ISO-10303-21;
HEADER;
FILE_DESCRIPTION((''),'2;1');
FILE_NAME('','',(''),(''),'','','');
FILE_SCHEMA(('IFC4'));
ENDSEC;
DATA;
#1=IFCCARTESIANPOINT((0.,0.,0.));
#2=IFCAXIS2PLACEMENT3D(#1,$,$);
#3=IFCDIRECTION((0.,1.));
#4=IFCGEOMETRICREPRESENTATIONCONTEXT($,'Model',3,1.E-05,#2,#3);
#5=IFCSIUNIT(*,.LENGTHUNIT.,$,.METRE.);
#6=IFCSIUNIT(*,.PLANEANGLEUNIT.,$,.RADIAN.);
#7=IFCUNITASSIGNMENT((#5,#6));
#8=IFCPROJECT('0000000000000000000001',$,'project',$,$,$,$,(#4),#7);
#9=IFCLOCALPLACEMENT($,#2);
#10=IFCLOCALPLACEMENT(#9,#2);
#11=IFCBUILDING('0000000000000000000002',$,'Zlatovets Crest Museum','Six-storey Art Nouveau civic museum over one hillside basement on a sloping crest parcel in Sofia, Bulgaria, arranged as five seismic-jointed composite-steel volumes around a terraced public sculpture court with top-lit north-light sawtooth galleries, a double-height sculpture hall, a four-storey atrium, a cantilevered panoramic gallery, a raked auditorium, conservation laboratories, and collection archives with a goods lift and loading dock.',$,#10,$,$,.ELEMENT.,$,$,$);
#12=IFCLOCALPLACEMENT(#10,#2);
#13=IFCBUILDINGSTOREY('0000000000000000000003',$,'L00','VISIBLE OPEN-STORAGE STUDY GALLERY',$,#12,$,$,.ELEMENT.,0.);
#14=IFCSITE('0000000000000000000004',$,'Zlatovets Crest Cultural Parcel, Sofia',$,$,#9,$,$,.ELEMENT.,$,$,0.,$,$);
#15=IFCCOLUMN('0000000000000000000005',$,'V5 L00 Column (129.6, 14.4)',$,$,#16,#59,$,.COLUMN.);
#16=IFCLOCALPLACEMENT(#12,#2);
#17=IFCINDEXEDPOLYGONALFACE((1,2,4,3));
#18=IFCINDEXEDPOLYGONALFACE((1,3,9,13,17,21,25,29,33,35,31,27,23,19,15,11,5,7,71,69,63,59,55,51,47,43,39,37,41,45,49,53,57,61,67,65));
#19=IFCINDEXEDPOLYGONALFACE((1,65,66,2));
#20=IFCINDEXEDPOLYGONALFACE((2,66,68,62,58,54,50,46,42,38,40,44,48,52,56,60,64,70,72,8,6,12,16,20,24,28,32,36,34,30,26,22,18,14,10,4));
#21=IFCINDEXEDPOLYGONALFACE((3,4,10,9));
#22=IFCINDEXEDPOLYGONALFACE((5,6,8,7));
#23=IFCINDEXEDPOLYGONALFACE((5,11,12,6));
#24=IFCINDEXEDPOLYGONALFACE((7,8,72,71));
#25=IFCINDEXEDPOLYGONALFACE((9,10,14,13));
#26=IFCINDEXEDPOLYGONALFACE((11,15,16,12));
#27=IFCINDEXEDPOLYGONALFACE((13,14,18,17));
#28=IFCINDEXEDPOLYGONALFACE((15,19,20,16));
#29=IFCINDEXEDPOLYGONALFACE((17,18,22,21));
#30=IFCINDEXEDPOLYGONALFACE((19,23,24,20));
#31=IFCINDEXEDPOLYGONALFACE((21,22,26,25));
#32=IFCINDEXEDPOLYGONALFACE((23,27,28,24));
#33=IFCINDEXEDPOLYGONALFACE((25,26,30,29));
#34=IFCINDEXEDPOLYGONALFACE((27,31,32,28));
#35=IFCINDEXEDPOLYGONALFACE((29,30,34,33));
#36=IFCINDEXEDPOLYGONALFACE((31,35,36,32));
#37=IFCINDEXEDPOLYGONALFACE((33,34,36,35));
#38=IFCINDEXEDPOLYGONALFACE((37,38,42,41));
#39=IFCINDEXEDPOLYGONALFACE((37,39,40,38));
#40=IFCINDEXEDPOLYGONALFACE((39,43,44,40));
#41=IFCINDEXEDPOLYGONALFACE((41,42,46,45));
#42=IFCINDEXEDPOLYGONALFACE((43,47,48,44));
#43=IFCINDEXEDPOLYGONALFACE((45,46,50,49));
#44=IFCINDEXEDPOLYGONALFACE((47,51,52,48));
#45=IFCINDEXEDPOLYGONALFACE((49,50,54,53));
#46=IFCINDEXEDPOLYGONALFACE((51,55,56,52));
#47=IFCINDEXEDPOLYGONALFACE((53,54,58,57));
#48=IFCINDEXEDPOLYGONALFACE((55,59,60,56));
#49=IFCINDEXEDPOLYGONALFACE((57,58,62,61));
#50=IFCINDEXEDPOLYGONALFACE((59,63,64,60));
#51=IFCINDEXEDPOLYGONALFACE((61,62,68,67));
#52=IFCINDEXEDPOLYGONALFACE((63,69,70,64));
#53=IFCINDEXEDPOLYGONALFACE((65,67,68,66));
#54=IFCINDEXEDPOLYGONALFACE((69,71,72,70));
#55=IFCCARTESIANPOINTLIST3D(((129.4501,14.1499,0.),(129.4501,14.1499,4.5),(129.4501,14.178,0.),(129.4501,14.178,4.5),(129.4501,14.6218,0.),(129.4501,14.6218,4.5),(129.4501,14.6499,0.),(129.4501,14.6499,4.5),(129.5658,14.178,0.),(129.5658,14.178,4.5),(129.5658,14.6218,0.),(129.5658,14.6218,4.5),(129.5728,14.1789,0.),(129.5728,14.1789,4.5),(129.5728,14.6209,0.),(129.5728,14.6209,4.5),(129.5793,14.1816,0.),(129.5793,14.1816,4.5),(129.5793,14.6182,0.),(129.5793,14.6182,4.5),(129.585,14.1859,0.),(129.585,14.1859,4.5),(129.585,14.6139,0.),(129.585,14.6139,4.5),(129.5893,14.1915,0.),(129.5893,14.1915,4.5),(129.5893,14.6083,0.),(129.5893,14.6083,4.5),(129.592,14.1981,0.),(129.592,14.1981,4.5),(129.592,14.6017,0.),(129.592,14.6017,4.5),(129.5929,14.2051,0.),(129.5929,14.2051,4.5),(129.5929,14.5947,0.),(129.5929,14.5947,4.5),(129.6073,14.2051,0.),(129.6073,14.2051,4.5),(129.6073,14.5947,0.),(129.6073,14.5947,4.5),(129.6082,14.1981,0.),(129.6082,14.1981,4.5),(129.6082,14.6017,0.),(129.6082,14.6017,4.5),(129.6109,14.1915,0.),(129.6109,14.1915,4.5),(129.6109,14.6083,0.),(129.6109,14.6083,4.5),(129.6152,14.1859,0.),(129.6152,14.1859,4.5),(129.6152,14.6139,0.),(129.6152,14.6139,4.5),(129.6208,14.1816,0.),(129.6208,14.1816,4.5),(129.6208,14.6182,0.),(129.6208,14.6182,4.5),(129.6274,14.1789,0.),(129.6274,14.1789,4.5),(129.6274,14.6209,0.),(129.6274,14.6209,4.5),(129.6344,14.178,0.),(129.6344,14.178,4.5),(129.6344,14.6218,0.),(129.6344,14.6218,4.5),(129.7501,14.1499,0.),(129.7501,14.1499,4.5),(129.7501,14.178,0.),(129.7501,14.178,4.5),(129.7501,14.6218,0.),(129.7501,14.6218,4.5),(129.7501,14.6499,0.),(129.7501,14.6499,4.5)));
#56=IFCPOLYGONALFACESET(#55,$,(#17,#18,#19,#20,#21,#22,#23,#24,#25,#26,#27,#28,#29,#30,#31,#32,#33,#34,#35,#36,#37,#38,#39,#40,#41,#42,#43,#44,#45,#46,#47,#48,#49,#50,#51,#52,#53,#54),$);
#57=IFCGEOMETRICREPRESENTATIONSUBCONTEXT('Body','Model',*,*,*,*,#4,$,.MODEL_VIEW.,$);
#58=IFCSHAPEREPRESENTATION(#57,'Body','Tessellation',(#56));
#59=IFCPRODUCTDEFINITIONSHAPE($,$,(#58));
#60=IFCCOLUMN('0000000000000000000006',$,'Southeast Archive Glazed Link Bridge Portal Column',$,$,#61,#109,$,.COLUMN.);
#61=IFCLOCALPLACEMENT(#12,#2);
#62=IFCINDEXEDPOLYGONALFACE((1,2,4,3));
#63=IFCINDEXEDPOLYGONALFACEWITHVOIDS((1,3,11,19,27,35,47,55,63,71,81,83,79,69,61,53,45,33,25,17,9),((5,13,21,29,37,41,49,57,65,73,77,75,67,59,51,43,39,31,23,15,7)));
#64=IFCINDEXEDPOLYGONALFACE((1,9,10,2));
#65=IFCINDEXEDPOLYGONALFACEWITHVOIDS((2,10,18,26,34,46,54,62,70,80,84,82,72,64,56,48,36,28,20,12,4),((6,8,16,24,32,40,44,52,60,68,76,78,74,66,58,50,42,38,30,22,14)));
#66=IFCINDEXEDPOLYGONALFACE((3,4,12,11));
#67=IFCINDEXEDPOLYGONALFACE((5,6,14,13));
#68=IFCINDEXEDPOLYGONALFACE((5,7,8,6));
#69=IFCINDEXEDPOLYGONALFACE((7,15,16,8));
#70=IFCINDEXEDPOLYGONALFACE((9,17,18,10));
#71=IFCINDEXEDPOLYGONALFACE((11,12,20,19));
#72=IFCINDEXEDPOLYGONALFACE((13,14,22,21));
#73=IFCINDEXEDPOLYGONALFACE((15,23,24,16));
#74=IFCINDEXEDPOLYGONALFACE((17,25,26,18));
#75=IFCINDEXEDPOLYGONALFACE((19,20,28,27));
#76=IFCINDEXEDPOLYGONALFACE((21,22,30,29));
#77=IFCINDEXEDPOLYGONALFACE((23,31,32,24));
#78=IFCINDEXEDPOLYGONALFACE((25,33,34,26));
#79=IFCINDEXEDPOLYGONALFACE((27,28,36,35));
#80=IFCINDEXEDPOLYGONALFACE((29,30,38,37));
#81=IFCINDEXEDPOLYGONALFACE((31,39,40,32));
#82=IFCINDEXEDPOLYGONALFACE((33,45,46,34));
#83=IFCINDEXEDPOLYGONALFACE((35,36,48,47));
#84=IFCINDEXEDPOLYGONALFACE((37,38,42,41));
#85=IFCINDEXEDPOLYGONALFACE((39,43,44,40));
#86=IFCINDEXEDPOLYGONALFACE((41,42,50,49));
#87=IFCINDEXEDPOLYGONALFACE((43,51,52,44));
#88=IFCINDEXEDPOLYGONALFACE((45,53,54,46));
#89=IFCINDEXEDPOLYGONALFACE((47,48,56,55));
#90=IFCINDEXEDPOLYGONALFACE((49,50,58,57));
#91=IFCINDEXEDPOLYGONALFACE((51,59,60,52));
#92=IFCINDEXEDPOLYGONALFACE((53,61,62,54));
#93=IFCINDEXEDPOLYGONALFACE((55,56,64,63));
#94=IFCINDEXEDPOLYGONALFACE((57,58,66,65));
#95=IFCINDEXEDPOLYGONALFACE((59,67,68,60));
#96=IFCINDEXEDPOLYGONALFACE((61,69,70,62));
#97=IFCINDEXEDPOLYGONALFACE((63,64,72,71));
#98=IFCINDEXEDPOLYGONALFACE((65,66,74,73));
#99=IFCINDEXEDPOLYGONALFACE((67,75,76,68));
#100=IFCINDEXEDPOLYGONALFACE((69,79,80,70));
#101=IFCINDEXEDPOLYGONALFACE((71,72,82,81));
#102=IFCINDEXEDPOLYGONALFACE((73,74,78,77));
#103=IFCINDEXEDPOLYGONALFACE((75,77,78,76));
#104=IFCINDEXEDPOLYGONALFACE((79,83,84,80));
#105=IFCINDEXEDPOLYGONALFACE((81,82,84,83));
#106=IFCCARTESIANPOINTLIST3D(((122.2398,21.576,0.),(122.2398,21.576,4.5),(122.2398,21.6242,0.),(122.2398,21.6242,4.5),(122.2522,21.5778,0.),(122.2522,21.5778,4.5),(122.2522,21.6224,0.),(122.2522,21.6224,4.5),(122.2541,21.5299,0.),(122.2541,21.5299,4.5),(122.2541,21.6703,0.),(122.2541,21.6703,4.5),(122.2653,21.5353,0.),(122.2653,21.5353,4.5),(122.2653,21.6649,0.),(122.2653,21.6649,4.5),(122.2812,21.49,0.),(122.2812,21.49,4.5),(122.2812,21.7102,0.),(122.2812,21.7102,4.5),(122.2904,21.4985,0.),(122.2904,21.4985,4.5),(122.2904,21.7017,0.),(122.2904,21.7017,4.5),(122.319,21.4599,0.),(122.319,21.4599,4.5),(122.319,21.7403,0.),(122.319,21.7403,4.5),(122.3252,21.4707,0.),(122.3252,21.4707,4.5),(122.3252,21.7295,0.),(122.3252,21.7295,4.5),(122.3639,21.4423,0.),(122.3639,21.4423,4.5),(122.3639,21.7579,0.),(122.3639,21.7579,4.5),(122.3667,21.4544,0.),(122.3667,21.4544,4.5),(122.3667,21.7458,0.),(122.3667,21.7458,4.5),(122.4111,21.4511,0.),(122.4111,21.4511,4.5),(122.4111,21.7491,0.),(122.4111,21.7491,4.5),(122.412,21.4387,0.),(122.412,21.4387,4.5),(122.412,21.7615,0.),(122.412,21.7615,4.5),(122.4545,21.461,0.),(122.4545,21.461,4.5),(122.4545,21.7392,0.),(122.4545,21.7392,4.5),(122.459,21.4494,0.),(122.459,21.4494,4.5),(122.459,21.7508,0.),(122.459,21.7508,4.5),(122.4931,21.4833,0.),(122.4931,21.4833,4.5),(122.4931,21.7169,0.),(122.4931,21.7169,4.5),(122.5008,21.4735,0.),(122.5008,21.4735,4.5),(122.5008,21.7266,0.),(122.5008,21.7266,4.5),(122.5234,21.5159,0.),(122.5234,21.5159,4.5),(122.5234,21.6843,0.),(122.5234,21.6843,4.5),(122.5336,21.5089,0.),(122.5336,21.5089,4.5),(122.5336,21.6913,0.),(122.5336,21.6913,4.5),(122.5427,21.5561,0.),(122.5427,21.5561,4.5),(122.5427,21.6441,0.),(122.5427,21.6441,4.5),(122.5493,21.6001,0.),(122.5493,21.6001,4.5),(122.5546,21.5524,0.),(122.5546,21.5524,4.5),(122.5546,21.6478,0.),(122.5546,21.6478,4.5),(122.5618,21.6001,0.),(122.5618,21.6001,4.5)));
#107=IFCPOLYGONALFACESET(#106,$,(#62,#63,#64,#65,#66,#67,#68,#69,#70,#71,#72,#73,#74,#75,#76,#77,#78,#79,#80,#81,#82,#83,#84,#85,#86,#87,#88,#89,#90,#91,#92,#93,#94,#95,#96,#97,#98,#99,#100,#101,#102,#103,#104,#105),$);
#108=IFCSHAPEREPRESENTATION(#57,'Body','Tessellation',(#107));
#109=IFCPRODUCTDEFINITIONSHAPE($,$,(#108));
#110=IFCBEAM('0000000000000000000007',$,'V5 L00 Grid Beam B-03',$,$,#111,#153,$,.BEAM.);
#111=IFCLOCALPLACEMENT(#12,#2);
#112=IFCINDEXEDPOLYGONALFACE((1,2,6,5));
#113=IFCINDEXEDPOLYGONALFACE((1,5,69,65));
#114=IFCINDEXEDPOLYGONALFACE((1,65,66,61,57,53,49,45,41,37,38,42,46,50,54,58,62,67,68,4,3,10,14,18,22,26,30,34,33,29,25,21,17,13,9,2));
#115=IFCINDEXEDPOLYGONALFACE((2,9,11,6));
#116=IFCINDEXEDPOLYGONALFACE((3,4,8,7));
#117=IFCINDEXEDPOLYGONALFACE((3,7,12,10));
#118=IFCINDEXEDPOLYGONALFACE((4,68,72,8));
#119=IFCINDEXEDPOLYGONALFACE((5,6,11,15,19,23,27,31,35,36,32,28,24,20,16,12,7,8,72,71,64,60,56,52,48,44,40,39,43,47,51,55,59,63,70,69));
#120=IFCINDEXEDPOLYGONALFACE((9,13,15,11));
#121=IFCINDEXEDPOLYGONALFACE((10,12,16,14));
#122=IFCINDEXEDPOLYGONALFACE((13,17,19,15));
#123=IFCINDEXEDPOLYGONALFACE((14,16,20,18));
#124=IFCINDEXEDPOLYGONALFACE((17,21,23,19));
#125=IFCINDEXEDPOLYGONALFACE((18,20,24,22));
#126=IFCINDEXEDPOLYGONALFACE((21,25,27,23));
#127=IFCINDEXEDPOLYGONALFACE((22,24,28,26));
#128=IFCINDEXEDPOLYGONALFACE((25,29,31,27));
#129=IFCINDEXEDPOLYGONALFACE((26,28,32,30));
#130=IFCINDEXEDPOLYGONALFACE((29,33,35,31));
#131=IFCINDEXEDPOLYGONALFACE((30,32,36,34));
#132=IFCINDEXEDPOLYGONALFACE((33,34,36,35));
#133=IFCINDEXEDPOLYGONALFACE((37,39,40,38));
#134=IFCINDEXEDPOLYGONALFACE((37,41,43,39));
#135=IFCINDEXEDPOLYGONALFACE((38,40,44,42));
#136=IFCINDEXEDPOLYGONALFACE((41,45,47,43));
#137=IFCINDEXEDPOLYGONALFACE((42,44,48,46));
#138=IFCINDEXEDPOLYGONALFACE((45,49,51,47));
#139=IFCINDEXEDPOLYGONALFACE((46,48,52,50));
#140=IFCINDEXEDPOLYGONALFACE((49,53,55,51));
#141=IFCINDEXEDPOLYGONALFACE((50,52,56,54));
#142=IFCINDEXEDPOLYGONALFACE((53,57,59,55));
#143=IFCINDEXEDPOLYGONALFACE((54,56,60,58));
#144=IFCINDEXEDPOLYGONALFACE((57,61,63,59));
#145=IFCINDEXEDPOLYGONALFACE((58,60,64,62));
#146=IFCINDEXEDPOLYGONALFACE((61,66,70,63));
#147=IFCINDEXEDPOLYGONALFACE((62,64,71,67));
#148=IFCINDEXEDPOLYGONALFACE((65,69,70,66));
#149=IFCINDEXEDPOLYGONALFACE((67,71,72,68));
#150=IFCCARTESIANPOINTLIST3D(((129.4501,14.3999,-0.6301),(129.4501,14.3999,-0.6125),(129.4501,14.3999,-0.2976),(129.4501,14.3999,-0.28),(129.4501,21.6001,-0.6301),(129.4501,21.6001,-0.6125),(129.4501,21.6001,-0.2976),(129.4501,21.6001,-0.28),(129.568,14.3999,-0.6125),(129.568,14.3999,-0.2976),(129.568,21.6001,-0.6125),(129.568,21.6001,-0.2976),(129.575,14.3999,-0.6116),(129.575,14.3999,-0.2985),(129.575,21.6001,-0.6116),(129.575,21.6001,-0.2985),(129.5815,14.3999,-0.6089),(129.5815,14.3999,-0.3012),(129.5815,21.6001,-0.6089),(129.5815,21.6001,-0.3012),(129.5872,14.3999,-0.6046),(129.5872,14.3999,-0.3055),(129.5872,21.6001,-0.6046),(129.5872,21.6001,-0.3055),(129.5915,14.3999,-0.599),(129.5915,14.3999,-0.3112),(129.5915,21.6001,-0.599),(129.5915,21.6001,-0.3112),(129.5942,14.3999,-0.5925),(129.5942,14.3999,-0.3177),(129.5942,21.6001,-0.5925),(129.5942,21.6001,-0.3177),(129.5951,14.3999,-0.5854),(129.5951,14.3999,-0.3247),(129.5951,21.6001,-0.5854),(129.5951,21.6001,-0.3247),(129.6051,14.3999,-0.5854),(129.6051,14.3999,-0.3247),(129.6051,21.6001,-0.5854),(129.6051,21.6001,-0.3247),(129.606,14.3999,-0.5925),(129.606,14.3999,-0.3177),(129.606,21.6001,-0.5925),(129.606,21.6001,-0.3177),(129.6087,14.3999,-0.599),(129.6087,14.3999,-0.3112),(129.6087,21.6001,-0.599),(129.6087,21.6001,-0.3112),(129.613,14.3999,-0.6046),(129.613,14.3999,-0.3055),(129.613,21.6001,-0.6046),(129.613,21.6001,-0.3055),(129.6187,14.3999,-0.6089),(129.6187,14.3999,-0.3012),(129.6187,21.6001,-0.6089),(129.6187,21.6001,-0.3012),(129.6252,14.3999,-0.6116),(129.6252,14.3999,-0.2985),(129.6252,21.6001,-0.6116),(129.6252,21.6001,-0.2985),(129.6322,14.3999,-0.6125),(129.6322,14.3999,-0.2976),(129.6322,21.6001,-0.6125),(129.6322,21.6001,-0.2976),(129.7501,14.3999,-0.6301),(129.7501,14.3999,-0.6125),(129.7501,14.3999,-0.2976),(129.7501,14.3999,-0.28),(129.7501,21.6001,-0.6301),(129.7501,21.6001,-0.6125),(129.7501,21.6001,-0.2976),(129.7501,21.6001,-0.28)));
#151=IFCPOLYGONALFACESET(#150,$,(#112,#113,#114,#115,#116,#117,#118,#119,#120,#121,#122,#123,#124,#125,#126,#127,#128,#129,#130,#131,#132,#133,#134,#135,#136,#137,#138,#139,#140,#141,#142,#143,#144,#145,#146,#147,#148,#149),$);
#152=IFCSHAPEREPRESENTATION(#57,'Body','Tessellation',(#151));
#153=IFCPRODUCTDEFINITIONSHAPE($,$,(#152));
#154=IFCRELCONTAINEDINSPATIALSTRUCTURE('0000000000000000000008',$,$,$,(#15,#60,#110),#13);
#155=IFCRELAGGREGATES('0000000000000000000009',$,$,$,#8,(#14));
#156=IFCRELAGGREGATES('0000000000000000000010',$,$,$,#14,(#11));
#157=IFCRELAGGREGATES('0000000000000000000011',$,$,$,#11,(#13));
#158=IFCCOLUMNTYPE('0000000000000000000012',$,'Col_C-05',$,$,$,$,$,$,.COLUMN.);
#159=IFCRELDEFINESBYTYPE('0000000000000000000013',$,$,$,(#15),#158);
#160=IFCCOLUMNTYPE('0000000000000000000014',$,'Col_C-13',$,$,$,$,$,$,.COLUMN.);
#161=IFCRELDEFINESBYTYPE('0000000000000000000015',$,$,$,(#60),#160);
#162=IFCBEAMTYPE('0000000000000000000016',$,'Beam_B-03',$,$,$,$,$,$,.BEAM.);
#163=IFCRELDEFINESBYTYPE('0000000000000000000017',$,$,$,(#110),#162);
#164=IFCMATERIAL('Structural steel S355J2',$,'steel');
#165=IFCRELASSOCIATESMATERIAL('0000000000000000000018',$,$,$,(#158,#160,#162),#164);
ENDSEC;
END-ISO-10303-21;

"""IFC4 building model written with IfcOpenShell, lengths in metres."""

from ifc_helpers import new_model, si_unit, direction, frame, origin, origin_2d, place, context, subcontext, project, spatial, hollow_circle, i_section, extrude, material, material_profile, profile_set, type_object, element, save


model = new_model("IFC4")

# Units and contexts
model_context = context("Model", 3, precision=1e-05, world=origin(), true_north=direction((0.0, 1.0)))
body_context = subcontext(model_context, "Body", "Model", "MODEL_VIEW")
ifc_project = project(units=[si_unit("LENGTHUNIT", "METRE"), si_unit("PLANEANGLEUNIT", "RADIAN")], contexts=[model_context])

# Site, building, storey
site_placement = place(None, origin())
site = spatial("IfcSite", under=ifc_project, at=site_placement, Name="Zlatovets Crest Cultural Parcel, Sofia", CompositionType="ELEMENT", RefElevation=0.0)
building_placement = place(site_placement, origin())
building = spatial("IfcBuilding", under=site, at=building_placement, Name="Zlatovets Crest Museum", Description="Six-storey Art Nouveau civic museum over one hillside basement on a sloping crest parcel in Sofia, Bulgaria, arranged as five seismic-jointed composite-steel volumes around a terraced public sculpture court with top-lit north-light sawtooth galleries, a double-height sculpture hall, a four-storey atrium, a cantilevered panoramic gallery, a raked auditorium, conservation laboratories, and collection archives with a goods lift and loading dock.", CompositionType="ELEMENT")
storey_placement = place(building_placement, origin())
storey = spatial("IfcBuildingStorey", under=building, at=storey_placement, Name="L00", Description="VISIBLE OPEN-STORAGE STUDY GALLERY", CompositionType="ELEMENT", Elevation=0.0)

# Columns
ifc_material_1 = material(Name="Structural steel S355J2", Category="steel")
ifc_material_profile_1 = material_profile(ifc_material_1, i_section(OverallWidth=0.3, OverallDepth=0.5, WebThickness=0.0144, FlangeThickness=0.0281, FilletRadius=0.0271, at=origin_2d()), Name="HEB 500")
ifc_profile_set_1 = profile_set([ifc_material_profile_1], Name="Structural steel S355J2")
column_type_1 = type_object("IfcColumnType", Name="Col_C-05", PredefinedType="COLUMN", material=ifc_profile_set_1)
column_1_placement = place(storey_placement, frame((129.6001, 14.3999, 0.0), z_axis=(0.0, 0.0, 1.0), x_axis=(1.0, 0.0, 0.0)))
element("IfcColumn", 1, at=column_1_placement, inside=storey, type_object=column_type_1, Name="V5 L00 Column (129.6, 14.4)", PredefinedType="COLUMN", context=body_context, shape_type="SweptSolid", body=[
    extrude(i_section(OverallWidth=0.3, OverallDepth=0.5, WebThickness=0.0144, FlangeThickness=0.0281, FilletRadius=0.0271, at=origin_2d()), origin(), (0.0, 0.0, 1.0), 4.5),
])
ifc_material_profile_2 = material_profile(ifc_material_1, hollow_circle(Radius=0.1619, WallThickness=0.0125, at=origin_2d()), Name="CHS 323.9x12.5")
ifc_profile_set_2 = profile_set([ifc_material_profile_2], Name="Structural steel S355J2")
column_type_2 = type_object("IfcColumnType", Name="Col_C-13", PredefinedType="COLUMN", material=ifc_profile_set_2)
column_2_placement = place(storey_placement, frame((122.3999, 21.6001, 0.0), z_axis=(0.0, 0.0, 1.0), x_axis=(1.0, 0.0, 0.0)))
element("IfcColumn", 2, at=column_2_placement, inside=storey, type_object=column_type_2, Name="Southeast Archive Glazed Link Bridge Portal Column", PredefinedType="COLUMN", context=body_context, shape_type="SweptSolid", body=[
    extrude(hollow_circle(Radius=0.1619, WallThickness=0.0125, at=origin_2d()), origin(), (0.0, 0.0, 1.0), 4.5),
])

# Beam
ifc_material_profile_3 = material_profile(ifc_material_1, i_section(OverallWidth=0.3, OverallDepth=0.3501, WebThickness=0.01, FlangeThickness=0.0176, FilletRadius=0.0271, at=origin_2d()), Name="HEA 360")
ifc_profile_set_3 = profile_set([ifc_material_profile_3], Name="Structural steel S355J2")
beam_type_1 = type_object("IfcBeamType", Name="Beam_B-03", PredefinedType="BEAM", material=ifc_profile_set_3)
beam_1_placement = place(storey_placement, frame((129.6001, 14.3999, -0.4551), z_axis=(0.0, 1.0, 0.0), x_axis=(-1.0, 0.0, 0.0)))
element("IfcBeam", 3, at=beam_1_placement, inside=storey, type_object=beam_type_1, Name="V5 L00 Grid Beam B-03", PredefinedType="BEAM", context=body_context, shape_type="SweptSolid", body=[
    extrude(i_section(OverallWidth=0.3, OverallDepth=0.3501, WebThickness=0.01, FlangeThickness=0.0176, FilletRadius=0.0271, at=origin_2d()), origin(), (0.0, 0.0, 1.0), 7.2002),
])

save(model, "model.ifc")
